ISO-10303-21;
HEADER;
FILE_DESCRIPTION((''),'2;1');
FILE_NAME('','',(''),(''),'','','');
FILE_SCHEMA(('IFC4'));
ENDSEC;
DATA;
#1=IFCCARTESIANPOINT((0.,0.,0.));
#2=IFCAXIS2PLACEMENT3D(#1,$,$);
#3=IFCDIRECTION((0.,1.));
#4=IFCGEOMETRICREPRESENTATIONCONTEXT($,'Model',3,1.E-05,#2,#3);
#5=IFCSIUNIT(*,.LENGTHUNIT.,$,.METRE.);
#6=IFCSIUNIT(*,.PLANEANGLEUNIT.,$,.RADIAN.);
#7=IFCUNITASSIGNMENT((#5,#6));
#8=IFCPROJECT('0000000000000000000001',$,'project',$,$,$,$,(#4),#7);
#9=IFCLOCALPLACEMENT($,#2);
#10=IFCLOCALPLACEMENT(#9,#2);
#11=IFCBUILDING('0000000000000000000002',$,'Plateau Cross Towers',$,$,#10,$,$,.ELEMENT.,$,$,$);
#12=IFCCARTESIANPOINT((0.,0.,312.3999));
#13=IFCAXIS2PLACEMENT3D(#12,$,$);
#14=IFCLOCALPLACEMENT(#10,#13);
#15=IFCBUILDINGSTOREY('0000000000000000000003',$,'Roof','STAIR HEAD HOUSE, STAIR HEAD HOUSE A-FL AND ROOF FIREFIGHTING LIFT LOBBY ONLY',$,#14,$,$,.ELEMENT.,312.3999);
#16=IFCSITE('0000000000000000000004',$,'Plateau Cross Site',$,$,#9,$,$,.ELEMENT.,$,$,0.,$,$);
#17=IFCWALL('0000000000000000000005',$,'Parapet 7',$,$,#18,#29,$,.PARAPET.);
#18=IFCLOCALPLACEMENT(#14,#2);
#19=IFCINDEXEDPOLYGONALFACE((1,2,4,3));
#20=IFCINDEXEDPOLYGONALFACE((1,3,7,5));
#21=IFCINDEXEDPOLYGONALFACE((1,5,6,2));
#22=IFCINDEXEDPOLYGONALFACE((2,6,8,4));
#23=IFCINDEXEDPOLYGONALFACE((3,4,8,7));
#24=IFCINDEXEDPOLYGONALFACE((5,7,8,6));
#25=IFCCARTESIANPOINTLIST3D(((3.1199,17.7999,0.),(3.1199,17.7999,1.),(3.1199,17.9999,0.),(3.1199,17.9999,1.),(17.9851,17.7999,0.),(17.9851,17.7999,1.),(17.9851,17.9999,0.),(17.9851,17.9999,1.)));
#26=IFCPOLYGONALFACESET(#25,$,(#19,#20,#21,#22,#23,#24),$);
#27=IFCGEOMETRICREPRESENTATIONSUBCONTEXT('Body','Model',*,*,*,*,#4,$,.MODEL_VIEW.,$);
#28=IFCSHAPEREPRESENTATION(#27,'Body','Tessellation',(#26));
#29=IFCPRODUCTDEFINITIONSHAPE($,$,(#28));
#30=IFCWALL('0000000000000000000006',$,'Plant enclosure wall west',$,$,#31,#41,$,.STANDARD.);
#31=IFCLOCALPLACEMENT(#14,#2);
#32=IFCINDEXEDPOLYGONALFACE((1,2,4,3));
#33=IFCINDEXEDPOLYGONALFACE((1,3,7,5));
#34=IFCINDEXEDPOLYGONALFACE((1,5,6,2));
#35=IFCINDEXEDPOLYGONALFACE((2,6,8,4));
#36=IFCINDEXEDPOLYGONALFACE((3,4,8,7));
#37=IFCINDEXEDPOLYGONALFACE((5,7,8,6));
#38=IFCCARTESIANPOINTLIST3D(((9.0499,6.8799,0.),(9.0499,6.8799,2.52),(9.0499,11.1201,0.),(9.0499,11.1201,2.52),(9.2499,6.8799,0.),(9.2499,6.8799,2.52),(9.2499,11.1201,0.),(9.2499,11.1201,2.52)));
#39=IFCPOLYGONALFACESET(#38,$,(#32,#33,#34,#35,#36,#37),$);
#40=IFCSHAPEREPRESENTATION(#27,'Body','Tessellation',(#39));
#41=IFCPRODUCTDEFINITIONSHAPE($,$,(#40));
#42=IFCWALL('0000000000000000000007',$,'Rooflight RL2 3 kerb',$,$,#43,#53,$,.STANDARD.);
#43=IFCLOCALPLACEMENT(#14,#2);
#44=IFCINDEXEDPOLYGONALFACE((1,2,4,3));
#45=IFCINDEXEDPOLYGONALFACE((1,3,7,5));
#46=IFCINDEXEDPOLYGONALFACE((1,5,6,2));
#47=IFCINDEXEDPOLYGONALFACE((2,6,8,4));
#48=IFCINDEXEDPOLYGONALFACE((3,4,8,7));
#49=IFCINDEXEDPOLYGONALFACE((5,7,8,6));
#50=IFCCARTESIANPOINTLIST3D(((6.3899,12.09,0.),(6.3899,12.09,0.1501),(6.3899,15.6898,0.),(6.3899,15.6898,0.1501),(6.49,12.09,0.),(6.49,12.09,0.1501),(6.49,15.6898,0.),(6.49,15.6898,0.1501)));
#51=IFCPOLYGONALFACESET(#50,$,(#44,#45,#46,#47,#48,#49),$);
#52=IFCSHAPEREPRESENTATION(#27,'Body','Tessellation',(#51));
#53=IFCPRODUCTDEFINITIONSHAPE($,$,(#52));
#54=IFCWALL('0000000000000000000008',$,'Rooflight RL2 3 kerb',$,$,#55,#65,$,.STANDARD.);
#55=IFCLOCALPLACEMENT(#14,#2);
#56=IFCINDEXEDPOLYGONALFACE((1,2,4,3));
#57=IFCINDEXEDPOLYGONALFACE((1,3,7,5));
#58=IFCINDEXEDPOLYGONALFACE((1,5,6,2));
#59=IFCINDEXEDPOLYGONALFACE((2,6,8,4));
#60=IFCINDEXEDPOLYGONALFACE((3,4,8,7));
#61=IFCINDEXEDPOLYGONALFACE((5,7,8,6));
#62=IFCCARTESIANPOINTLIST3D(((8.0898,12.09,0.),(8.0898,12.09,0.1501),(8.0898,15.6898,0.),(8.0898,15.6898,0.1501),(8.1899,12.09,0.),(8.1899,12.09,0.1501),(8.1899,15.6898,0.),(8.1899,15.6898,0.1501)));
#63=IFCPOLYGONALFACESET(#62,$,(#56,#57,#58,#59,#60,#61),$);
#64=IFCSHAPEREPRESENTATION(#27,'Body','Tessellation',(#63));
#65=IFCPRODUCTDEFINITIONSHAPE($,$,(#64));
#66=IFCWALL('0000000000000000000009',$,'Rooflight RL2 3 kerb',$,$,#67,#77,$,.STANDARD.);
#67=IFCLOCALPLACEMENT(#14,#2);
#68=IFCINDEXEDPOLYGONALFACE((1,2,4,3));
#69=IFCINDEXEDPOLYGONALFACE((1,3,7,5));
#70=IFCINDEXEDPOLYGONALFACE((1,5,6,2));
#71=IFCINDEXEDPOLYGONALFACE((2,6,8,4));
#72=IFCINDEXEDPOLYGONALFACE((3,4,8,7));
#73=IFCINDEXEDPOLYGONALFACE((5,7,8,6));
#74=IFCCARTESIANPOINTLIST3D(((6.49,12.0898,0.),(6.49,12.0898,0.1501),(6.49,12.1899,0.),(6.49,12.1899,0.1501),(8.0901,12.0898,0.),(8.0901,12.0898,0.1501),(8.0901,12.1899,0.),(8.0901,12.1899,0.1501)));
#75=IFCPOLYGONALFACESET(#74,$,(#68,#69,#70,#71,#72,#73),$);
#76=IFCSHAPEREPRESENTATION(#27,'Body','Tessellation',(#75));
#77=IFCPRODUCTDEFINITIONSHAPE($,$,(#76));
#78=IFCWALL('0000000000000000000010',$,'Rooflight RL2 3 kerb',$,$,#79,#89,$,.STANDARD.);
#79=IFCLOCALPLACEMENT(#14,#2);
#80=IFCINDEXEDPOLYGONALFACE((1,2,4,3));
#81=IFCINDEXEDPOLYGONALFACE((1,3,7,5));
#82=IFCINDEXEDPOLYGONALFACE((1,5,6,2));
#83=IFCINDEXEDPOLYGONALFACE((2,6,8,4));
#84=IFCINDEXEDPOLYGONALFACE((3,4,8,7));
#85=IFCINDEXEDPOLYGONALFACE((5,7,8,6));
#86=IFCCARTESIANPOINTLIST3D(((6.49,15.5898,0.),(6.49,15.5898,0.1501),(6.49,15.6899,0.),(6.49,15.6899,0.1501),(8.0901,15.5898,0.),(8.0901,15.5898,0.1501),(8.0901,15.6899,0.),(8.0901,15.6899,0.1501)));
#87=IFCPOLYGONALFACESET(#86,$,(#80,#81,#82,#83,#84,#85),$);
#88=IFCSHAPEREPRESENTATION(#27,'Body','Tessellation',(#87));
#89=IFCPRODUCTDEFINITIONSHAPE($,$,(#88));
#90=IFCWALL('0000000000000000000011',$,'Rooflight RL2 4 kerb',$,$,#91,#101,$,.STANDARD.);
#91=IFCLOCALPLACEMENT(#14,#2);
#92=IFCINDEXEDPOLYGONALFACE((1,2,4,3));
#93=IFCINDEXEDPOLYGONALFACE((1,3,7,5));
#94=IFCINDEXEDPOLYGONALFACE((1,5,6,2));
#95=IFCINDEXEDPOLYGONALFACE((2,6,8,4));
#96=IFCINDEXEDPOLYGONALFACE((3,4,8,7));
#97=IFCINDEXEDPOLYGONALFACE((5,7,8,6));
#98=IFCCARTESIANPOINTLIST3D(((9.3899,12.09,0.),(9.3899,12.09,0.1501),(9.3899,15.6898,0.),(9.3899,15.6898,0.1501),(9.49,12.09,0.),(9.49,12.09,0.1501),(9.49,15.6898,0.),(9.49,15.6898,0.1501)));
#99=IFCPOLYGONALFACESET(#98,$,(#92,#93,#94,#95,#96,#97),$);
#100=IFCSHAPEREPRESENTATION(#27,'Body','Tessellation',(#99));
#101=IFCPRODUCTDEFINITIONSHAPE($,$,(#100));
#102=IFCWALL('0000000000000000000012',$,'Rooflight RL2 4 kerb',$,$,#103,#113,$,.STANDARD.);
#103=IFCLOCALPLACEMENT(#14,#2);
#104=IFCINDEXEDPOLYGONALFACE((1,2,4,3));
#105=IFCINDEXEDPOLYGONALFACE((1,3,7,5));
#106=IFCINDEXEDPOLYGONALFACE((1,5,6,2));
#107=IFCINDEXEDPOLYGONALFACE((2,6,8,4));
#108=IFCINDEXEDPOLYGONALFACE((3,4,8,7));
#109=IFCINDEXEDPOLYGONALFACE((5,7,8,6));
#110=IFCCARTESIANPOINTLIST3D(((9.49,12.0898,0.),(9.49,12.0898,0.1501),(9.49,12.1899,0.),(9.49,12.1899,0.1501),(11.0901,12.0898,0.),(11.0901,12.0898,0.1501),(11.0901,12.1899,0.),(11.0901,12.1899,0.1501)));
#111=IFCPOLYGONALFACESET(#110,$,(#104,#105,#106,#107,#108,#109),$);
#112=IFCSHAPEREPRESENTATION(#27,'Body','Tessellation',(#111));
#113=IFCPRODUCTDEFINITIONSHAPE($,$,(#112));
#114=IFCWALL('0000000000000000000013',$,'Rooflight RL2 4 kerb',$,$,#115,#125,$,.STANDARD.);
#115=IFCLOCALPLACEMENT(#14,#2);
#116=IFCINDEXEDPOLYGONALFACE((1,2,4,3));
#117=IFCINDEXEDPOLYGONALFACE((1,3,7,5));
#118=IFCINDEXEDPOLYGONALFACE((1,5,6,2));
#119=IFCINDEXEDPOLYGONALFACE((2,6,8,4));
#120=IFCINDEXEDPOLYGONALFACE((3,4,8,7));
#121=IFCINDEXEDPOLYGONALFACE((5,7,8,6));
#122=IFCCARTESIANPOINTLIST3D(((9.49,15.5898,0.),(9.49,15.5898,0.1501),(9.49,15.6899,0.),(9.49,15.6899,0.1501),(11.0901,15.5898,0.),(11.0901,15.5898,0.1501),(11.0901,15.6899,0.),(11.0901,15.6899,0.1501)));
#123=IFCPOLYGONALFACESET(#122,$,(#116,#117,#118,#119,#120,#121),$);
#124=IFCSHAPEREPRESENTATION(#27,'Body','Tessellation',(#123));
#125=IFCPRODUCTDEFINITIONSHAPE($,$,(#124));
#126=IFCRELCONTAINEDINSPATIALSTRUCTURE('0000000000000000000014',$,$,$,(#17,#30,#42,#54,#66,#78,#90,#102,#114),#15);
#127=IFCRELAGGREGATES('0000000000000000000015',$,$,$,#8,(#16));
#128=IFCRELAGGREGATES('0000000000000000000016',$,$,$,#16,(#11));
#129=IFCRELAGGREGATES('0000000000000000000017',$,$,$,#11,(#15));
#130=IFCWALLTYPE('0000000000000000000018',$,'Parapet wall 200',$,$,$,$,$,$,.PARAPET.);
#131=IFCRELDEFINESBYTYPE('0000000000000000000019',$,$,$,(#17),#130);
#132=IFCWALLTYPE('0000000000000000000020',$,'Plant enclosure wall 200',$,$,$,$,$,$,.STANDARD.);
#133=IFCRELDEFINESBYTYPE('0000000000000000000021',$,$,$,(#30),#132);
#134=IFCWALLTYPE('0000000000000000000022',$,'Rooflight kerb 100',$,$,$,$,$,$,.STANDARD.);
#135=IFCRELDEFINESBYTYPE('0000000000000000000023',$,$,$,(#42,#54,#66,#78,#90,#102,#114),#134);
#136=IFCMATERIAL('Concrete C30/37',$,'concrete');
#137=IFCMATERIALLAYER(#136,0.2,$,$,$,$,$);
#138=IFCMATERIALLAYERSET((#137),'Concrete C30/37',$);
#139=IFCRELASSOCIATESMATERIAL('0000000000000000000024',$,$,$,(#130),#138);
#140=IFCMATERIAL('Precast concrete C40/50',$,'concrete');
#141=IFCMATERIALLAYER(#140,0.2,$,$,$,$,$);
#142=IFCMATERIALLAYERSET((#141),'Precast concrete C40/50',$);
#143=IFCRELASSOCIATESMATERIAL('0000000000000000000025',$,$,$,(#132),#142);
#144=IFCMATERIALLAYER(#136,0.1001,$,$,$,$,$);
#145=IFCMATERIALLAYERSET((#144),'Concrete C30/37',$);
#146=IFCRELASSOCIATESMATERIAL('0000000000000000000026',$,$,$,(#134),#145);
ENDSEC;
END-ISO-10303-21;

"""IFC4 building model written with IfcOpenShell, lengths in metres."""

from ifc_helpers import new_model, si_unit, direction, frame, frame_2d, origin, place, context, subcontext, project, spatial, rectangle, extrude, material, layer, layer_set, type_object, element, save


model = new_model("IFC4")

# Units and contexts
model_context = context("Model", 3, precision=1e-05, world=origin(), true_north=direction((0.0, 1.0)))
body_context = subcontext(model_context, "Body", "Model", "MODEL_VIEW")
ifc_project = project(units=[si_unit("LENGTHUNIT", "METRE"), si_unit("PLANEANGLEUNIT", "RADIAN")], contexts=[model_context])

# Site, building, storey
site_placement = place(None, origin())
site = spatial("IfcSite", under=ifc_project, at=site_placement, Name="Plateau Cross Site", CompositionType="ELEMENT", RefElevation=0.0)
building_placement = place(site_placement, origin())
building = spatial("IfcBuilding", under=site, at=building_placement, Name="Plateau Cross Towers", CompositionType="ELEMENT")
storey_placement = place(building_placement, frame((0.0, 0.0, 312.3999)))
storey = spatial("IfcBuildingStorey", under=building, at=storey_placement, Name="Roof", Description="STAIR HEAD HOUSE, STAIR HEAD HOUSE A-FL AND ROOF FIREFIGHTING LIFT LOBBY ONLY", CompositionType="ELEMENT", Elevation=312.3999)

# Walls
ifc_material_1 = material(Name="Concrete C30/37", Category="concrete")
ifc_layer_1 = layer(ifc_material_1, 0.2)
ifc_layer_set_1 = layer_set([ifc_layer_1], Name="Concrete C30/37")
wall_type_1 = type_object("IfcWallType", Name="Parapet wall 200", PredefinedType="PARAPET", material=ifc_layer_set_1)
wall_1_placement = place(storey_placement, frame((3.1199, 17.8999, 0.0), z_axis=(0.0, 0.0, 1.0), x_axis=(1.0, 0.0, 0.0)))
element("IfcWall", 1, at=wall_1_placement, inside=storey, type_object=wall_type_1, Name="Parapet 7", PredefinedType="PARAPET", context=body_context, shape_type="SweptSolid", body=[
    extrude(rectangle(XDim=14.8652, YDim=0.2, at=frame_2d((7.4326, 0.0))), origin(), (0.0, 0.0, 1.0), 1.0),
])
ifc_material_2 = material(Name="Precast concrete C40/50", Category="concrete")
ifc_layer_2 = layer(ifc_material_2, 0.2)
ifc_layer_set_2 = layer_set([ifc_layer_2], Name="Precast concrete C40/50")
wall_type_2 = type_object("IfcWallType", Name="Plant enclosure wall 200", PredefinedType="STANDARD", material=ifc_layer_set_2)
wall_2_placement = place(storey_placement, frame((9.1499, 6.8799, 0.0), z_axis=(0.0, 0.0, 1.0), x_axis=(0.0, 1.0, 0.0)))
element("IfcWall", 2, at=wall_2_placement, inside=storey, type_object=wall_type_2, Name="Plant enclosure wall west", PredefinedType="STANDARD", context=body_context, shape_type="SweptSolid", body=[
    extrude(rectangle(XDim=4.2402, YDim=0.2, at=frame_2d((2.1201, 0.0))), origin(), (0.0, 0.0, 1.0), 2.52),
])
ifc_layer_3 = layer(ifc_material_1, 0.1001)
ifc_layer_set_3 = layer_set([ifc_layer_3], Name="Concrete C30/37")
wall_type_3 = type_object("IfcWallType", Name="Rooflight kerb 100", PredefinedType="STANDARD", material=ifc_layer_set_3)
for number, where, z_axis, x_axis, name in (
    (3, (6.4399, 12.0901, 0.0), (0.0, 0.0, 1.0), (0.0, 1.0, 0.0), "Rooflight RL2 3 kerb"),
    (4, (8.1399, 12.0901, 0.0), (0.0, 0.0, 1.0), (0.0, 1.0, 0.0), "Rooflight RL2 3 kerb"),
):
    element("IfcWall", number, at=place(storey_placement, frame(where, z_axis=z_axis, x_axis=x_axis)), inside=storey, type_object=wall_type_3, Name=name, PredefinedType="STANDARD", context=body_context, shape_type="SweptSolid", body=[
        extrude(rectangle(XDim=3.5999, YDim=0.1001, at=frame_2d((1.7998, 0.0))), origin(), (0.0, 0.0, 1.0), 0.1501),
    ])
for number, where, z_axis, x_axis, name in (
    (5, (6.49, 12.1399, 0.0), (0.0, 0.0, 1.0), (1.0, 0.0, 0.0), "Rooflight RL2 3 kerb"),
    (6, (6.49, 15.6399, 0.0), (0.0, 0.0, 1.0), (1.0, 0.0, 0.0), "Rooflight RL2 3 kerb"),
):
    element("IfcWall", number, at=place(storey_placement, frame(where, z_axis=z_axis, x_axis=x_axis)), inside=storey, type_object=wall_type_3, Name=name, PredefinedType="STANDARD", context=body_context, shape_type="SweptSolid", body=[
        extrude(rectangle(XDim=1.6001, YDim=0.1001, at=frame_2d((0.8, 0.0))), origin(), (0.0, 0.0, 1.0), 0.1501),
    ])
wall_3_placement = place(storey_placement, frame((9.4399, 12.0901, 0.0), z_axis=(0.0, 0.0, 1.0), x_axis=(0.0, 1.0, 0.0)))
element("IfcWall", 7, at=wall_3_placement, inside=storey, type_object=wall_type_3, Name="Rooflight RL2 4 kerb", PredefinedType="STANDARD", context=body_context, shape_type="SweptSolid", body=[
    extrude(rectangle(XDim=3.5999, YDim=0.1001, at=frame_2d((1.7998, 0.0))), origin(), (0.0, 0.0, 1.0), 0.1501),
])
for number, where, z_axis, x_axis, name in (
    (8, (9.49, 12.1399, 0.0), (0.0, 0.0, 1.0), (1.0, 0.0, 0.0), "Rooflight RL2 4 kerb"),
    (9, (9.49, 15.6399, 0.0), (0.0, 0.0, 1.0), (1.0, 0.0, 0.0), "Rooflight RL2 4 kerb"),
):
    element("IfcWall", number, at=place(storey_placement, frame(where, z_axis=z_axis, x_axis=x_axis)), inside=storey, type_object=wall_type_3, Name=name, PredefinedType="STANDARD", context=body_context, shape_type="SweptSolid", body=[
        extrude(rectangle(XDim=1.6001, YDim=0.1001, at=frame_2d((0.8, 0.0))), origin(), (0.0, 0.0, 1.0), 0.1501),
    ])

save(model, "model.ifc")
